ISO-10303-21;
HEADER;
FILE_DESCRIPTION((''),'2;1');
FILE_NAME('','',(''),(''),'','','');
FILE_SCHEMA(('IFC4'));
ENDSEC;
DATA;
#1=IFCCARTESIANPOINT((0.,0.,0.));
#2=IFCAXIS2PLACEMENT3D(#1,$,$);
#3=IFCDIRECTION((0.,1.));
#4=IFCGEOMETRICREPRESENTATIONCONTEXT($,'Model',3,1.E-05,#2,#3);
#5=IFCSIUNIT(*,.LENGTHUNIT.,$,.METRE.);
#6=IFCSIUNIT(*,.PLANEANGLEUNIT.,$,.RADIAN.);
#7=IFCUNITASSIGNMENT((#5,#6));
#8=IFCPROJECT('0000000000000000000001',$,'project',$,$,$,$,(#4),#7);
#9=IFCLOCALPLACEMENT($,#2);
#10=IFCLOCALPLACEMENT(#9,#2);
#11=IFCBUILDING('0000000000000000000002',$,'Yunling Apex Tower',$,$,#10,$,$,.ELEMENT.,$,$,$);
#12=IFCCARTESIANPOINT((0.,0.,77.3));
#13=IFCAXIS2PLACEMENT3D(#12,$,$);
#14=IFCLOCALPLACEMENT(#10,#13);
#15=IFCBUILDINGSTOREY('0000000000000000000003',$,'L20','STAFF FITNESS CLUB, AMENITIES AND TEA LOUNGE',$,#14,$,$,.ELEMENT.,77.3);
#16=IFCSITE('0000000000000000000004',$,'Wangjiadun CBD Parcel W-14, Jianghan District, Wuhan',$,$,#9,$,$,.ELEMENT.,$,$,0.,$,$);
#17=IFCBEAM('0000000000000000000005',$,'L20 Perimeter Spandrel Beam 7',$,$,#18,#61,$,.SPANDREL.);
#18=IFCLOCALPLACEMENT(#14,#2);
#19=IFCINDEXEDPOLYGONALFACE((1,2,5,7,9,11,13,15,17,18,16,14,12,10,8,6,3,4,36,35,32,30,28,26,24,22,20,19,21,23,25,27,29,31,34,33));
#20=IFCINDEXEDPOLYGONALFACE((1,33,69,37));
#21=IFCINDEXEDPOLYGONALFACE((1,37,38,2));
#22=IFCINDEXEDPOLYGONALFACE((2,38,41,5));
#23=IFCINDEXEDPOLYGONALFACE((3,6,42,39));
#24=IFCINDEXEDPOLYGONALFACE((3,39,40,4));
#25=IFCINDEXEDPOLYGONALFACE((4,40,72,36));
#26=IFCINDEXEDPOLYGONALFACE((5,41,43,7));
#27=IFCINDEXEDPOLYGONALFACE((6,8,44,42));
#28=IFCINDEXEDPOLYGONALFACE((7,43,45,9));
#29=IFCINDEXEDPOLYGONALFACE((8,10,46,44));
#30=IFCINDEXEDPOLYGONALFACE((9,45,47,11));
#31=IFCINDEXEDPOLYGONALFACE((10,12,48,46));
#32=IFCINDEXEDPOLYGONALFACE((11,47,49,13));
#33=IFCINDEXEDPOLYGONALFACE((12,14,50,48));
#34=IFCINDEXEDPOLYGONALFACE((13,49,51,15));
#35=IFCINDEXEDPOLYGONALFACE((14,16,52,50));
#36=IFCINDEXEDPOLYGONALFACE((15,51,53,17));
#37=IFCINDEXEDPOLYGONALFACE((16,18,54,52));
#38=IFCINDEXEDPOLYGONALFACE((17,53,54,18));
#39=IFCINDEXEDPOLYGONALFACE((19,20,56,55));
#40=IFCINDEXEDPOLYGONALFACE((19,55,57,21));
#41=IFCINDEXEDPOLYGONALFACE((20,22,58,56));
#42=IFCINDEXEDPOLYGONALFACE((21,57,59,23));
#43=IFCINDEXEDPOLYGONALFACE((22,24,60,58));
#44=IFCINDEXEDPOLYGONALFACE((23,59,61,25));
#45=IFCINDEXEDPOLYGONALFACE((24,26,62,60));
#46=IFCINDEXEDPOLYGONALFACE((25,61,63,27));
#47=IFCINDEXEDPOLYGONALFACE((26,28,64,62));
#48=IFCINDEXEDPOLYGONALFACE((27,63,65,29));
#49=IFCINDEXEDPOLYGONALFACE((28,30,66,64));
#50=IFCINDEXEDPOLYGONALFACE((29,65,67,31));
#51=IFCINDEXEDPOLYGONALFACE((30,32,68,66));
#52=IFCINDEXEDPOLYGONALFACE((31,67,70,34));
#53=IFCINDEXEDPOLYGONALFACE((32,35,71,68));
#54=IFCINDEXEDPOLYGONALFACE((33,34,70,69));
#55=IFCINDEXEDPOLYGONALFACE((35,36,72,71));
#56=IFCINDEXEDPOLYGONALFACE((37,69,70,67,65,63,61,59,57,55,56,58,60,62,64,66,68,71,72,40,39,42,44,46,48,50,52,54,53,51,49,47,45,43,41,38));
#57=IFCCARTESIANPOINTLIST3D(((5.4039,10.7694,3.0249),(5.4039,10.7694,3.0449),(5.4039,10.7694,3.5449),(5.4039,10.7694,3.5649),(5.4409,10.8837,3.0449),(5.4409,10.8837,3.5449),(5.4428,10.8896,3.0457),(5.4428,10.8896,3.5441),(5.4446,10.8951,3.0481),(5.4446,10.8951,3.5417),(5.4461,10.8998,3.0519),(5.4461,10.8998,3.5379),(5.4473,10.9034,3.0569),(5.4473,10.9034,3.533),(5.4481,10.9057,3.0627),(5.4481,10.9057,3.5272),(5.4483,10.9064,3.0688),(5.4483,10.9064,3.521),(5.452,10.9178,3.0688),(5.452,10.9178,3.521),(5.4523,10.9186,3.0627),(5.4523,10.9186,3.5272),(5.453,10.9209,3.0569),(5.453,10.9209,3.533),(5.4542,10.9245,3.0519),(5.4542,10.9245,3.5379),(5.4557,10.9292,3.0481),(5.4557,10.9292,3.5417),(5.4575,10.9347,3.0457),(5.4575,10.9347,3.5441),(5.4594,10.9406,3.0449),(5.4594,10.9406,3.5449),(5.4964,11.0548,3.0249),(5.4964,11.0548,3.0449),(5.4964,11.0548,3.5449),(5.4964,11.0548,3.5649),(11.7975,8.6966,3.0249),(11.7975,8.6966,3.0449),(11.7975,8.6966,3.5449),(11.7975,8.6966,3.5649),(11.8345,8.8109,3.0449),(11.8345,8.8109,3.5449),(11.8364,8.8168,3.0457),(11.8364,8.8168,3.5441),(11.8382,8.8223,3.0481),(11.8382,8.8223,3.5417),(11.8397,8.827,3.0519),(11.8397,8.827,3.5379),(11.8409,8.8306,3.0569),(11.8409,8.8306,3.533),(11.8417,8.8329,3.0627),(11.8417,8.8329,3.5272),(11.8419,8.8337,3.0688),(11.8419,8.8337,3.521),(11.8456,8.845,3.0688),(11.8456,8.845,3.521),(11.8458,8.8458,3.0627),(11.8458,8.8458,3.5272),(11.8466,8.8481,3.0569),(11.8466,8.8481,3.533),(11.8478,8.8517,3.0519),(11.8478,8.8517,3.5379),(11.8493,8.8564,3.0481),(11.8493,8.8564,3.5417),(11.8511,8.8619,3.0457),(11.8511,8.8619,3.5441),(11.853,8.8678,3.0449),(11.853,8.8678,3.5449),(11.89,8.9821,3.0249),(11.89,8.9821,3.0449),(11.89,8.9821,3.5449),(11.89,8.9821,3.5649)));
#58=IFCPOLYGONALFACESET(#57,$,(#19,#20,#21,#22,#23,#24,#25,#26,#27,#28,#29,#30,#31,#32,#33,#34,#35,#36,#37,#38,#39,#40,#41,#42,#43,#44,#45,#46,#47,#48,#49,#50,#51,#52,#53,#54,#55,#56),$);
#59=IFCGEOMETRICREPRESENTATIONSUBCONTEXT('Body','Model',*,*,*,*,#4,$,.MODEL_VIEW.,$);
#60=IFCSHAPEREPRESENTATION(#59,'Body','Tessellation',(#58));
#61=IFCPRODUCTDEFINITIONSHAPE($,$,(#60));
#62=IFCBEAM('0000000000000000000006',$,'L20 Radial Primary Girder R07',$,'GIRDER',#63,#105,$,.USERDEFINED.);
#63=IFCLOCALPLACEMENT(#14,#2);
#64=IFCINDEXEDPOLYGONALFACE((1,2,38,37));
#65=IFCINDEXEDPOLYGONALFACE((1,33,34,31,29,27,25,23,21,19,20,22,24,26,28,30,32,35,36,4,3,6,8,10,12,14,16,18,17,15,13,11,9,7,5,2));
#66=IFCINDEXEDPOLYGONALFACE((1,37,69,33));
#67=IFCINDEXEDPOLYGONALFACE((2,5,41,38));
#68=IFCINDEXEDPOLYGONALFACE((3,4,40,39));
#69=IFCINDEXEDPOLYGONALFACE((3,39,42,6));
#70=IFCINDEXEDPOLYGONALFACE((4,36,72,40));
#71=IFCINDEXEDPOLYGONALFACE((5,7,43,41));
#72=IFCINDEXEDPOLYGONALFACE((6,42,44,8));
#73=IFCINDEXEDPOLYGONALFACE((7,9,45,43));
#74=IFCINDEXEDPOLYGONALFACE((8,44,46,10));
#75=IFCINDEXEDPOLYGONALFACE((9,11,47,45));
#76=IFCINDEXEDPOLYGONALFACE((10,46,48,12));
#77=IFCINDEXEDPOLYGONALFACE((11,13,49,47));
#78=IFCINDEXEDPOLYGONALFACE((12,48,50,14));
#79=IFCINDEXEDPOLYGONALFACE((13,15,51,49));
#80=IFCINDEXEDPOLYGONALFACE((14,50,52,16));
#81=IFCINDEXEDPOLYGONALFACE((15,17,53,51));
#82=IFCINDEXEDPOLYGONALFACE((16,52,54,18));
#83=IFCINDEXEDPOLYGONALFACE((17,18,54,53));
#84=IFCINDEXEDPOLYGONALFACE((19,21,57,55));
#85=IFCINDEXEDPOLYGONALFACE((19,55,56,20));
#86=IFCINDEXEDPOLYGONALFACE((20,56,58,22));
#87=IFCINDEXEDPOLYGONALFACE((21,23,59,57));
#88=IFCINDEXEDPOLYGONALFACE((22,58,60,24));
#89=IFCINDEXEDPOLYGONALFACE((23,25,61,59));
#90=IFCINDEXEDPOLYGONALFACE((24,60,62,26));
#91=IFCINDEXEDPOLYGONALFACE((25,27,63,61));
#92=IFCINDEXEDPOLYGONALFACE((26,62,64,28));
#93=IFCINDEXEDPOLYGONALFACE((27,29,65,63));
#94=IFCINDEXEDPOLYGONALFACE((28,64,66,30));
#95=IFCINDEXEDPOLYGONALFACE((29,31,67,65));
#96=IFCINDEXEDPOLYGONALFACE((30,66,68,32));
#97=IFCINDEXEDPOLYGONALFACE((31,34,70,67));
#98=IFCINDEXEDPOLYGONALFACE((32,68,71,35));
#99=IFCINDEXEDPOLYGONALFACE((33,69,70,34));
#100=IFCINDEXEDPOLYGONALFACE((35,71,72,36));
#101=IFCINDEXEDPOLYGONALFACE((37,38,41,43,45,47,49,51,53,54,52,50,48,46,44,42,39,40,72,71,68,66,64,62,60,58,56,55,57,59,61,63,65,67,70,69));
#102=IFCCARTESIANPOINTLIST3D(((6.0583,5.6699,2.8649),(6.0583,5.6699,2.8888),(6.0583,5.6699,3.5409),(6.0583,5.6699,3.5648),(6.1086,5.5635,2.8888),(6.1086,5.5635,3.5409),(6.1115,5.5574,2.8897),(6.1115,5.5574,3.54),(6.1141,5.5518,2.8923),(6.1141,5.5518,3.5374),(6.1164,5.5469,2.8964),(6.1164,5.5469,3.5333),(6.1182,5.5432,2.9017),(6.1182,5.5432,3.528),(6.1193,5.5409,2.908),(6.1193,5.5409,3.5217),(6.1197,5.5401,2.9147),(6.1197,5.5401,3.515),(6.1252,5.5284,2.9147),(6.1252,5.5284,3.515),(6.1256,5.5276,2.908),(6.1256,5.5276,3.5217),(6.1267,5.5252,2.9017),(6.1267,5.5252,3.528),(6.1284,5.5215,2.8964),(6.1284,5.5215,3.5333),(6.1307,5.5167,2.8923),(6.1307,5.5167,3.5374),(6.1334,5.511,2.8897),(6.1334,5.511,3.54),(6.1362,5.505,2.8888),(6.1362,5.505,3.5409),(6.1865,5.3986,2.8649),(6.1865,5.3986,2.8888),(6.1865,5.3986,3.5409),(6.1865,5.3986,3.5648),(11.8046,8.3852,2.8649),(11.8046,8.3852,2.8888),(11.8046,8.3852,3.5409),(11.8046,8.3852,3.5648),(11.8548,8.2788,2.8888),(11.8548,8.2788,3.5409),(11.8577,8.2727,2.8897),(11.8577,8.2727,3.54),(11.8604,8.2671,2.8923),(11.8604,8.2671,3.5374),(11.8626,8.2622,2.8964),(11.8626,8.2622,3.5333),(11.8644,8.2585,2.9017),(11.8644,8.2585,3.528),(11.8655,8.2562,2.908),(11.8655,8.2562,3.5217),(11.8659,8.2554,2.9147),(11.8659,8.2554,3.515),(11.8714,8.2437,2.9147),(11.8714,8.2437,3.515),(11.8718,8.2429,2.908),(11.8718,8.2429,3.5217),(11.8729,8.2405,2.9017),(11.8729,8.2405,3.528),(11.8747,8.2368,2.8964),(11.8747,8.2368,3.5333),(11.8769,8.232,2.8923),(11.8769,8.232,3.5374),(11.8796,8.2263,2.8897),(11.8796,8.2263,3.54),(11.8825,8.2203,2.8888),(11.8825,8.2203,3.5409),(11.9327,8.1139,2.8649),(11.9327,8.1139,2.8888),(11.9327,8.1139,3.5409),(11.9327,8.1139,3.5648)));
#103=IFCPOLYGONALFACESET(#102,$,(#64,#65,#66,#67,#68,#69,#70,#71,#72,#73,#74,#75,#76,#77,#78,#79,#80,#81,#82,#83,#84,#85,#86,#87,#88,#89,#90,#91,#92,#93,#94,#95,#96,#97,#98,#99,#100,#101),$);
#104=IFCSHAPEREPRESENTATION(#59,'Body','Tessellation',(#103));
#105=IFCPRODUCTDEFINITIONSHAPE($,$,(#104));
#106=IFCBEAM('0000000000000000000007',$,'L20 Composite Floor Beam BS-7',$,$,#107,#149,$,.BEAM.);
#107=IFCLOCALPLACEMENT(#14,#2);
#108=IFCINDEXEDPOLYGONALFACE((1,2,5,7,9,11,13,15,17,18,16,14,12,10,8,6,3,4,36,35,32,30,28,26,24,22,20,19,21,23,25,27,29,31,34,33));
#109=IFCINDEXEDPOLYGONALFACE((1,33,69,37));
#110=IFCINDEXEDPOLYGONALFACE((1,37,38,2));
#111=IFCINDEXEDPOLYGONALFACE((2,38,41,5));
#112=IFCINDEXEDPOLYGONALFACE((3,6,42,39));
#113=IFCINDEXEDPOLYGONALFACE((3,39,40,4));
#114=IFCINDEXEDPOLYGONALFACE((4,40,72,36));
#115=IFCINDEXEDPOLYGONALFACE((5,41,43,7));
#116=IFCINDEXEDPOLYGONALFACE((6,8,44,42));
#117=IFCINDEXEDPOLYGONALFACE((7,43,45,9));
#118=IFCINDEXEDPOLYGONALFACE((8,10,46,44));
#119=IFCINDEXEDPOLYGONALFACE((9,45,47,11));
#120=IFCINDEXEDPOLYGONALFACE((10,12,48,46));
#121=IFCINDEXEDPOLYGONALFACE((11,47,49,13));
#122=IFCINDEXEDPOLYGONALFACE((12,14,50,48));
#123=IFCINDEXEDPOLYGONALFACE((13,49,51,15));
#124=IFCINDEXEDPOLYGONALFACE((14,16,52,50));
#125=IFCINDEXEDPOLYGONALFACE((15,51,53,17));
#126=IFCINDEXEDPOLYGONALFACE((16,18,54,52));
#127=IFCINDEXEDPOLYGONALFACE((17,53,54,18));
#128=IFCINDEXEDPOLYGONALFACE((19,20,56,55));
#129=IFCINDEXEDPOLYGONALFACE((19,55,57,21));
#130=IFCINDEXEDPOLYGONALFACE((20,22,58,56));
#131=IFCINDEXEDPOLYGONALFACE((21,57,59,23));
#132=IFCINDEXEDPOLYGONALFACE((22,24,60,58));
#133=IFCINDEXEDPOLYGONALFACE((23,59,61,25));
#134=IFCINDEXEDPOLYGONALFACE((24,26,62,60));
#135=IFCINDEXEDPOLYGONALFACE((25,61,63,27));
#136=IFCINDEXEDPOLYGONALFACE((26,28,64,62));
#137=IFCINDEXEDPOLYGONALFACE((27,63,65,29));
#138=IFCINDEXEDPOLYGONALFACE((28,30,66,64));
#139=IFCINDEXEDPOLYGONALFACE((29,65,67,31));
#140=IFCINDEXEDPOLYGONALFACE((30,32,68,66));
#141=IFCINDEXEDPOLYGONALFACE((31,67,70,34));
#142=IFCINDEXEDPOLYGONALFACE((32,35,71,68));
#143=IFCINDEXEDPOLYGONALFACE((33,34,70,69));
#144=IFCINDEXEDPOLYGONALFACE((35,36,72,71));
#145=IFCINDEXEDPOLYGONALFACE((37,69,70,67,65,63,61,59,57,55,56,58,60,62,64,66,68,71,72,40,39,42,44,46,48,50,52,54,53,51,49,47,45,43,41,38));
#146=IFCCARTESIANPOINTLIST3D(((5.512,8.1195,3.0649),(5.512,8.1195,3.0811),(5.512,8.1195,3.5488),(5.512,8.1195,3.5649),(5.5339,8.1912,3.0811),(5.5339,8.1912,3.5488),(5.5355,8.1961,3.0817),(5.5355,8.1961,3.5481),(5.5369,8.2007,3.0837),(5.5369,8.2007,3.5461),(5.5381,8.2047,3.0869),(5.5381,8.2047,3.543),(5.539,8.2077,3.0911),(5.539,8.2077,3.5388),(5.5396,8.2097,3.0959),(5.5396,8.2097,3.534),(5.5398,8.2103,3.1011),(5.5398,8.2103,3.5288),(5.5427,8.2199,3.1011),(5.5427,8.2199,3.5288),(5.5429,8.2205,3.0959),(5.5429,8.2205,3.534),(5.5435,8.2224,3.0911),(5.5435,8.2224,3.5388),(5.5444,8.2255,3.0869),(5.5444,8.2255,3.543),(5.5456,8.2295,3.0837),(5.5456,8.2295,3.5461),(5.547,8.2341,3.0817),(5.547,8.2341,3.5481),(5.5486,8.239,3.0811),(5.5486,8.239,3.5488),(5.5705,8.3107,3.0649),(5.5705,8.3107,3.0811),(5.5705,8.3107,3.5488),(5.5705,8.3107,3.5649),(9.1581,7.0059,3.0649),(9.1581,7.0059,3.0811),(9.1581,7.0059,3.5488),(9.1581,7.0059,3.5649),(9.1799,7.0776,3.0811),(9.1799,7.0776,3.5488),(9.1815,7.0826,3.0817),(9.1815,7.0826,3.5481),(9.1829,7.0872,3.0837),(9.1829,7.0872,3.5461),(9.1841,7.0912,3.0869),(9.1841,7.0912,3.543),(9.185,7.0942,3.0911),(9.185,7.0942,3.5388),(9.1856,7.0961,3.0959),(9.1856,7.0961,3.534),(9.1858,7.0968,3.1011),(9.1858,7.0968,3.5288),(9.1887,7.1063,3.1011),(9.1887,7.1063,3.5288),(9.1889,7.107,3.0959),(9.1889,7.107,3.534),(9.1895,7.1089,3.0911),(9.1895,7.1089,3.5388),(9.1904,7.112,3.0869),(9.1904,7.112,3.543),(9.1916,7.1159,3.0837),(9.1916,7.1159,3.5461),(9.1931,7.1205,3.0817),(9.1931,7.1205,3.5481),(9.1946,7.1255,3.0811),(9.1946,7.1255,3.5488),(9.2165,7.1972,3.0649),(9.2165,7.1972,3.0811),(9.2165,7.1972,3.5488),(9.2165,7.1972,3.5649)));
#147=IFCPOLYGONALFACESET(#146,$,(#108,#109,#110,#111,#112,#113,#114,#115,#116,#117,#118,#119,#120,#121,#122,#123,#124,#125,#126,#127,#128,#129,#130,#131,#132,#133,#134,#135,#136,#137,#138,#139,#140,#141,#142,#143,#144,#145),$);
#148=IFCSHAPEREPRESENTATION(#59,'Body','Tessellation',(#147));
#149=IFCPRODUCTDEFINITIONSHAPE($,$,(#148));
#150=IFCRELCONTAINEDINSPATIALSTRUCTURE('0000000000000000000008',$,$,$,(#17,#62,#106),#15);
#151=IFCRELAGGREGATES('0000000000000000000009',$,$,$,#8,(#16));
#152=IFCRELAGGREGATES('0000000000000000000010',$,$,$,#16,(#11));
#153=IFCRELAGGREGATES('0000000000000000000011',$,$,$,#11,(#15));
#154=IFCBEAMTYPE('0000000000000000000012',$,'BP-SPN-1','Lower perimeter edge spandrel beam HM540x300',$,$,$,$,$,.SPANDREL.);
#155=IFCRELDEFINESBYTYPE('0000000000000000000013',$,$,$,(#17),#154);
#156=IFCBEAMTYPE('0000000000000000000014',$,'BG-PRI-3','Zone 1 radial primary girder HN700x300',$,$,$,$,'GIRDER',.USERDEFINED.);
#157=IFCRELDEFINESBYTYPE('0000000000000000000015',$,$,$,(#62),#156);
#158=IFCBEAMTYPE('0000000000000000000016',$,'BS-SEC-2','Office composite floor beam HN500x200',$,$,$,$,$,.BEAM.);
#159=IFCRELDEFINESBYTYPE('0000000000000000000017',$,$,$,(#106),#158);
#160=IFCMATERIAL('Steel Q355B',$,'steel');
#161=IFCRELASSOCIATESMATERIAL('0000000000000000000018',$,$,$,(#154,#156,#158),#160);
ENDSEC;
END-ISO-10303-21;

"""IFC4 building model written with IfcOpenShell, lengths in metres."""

from ifc_helpers import new_model, si_unit, direction, frame, origin, origin_2d, place, context, subcontext, project, spatial, i_section, extrude, source, transform, mapped, material, material_profile, profile_set, type_object, element, save


model = new_model("IFC4")

# Units and contexts
model_context = context("Model", 3, precision=1e-05, world=origin(), true_north=direction((0.0, 1.0)))
body_context = subcontext(model_context, "Body", "Model", "MODEL_VIEW")
ifc_project = project(units=[si_unit("LENGTHUNIT", "METRE"), si_unit("PLANEANGLEUNIT", "RADIAN")], contexts=[model_context])

# Site, building, storey
site_placement = place(None, origin())
site = spatial("IfcSite", under=ifc_project, at=site_placement, Name="Wangjiadun CBD Parcel W-14, Jianghan District, Wuhan", CompositionType="ELEMENT", RefElevation=0.0)
building_placement = place(site_placement, origin())
building = spatial("IfcBuilding", under=site, at=building_placement, Name="Yunling Apex Tower", CompositionType="ELEMENT")
storey_placement = place(building_placement, frame((0.0, 0.0, 77.3)))
storey = spatial("IfcBuildingStorey", under=building, at=storey_placement, Name="L20", Description="STAFF FITNESS CLUB, AMENITIES AND TEA LOUNGE", CompositionType="ELEMENT", Elevation=77.3)

# Beams
ifc_material_1 = material(Name="Steel Q355B", Category="steel")
ifc_material_profile_1 = material_profile(ifc_material_1, i_section(OverallWidth=0.3, OverallDepth=0.54, WebThickness=0.012, FlangeThickness=0.02, FilletRadius=0.0239, at=origin_2d()))
ifc_profile_set_1 = profile_set([ifc_material_profile_1], Name="Steel Q355B")
beam_type_1 = type_object("IfcBeamType", Name="BP-SPN-1", Description="Lower perimeter edge spandrel beam HM540x300", PredefinedType="SPANDREL", material=ifc_profile_set_1)
shared_shape_1 = source(origin(), body_context, "Body", "SweptSolid", [
    extrude(i_section(OverallWidth=0.3, OverallDepth=0.54, WebThickness=0.012, FlangeThickness=0.02, FilletRadius=0.0239, at=origin_2d()), origin(), (0.0, 0.0, 1.0), 6.7212),
])
beam_1_placement = place(storey_placement, frame((11.8438, 8.8394, 3.2949), z_axis=(-0.951259, 0.308393, 0.0), x_axis=(-0.308393, -0.951259, 0.0)))
element("IfcBeam", 1, at=beam_1_placement, inside=storey, type_object=beam_type_1, Name="L20 Perimeter Spandrel Beam 7", PredefinedType="SPANDREL", context=body_context, shape_type="MappedRepresentation", body=[
    mapped(shared_shape_1, transform((0.0, 0.0, 0.0), scale=1.0)),
])
ifc_material_profile_2 = material_profile(ifc_material_1, i_section(OverallWidth=0.3, OverallDepth=0.7, WebThickness=0.0129, FlangeThickness=0.0239, FilletRadius=0.0259, at=origin_2d()))
ifc_profile_set_2 = profile_set([ifc_material_profile_2], Name="Steel Q355B")
beam_type_2 = type_object("IfcBeamType", Name="BG-PRI-3", Description="Zone 1 radial primary girder HN700x300", ElementType="GIRDER", PredefinedType="USERDEFINED", material=ifc_profile_set_2)
shared_shape_2 = source(origin(), body_context, "Body", "SweptSolid", [
    extrude(i_section(OverallWidth=0.3, OverallDepth=0.7, WebThickness=0.0129, FlangeThickness=0.0239, FilletRadius=0.0259, at=origin_2d()), origin(), (0.0, 0.0, 1.0), 6.3555),
])
beam_2_placement = place(storey_placement, frame((11.8687, 8.2495, 3.2148), z_axis=(-0.90414, -0.427236, 0.0), x_axis=(0.427236, -0.90414, 0.0)))
element("IfcBeam", 2, at=beam_2_placement, inside=storey, type_object=beam_type_2, Name="L20 Radial Primary Girder R07", ObjectType="GIRDER", PredefinedType="USERDEFINED", context=body_context, shape_type="MappedRepresentation", body=[
    mapped(shared_shape_2, transform((0.0, 0.0, 0.0), scale=1.0)),
])
ifc_material_profile_3 = material_profile(ifc_material_1, i_section(OverallWidth=0.2, OverallDepth=0.5, WebThickness=0.01, FlangeThickness=0.0161, FilletRadius=0.02, at=origin_2d()))
ifc_profile_set_3 = profile_set([ifc_material_profile_3], Name="Steel Q355B")
beam_type_3 = type_object("IfcBeamType", Name="BS-SEC-2", Description="Office composite floor beam HN500x200", PredefinedType="BEAM", material=ifc_profile_set_3)
shared_shape_3 = source(origin(), body_context, "Body", "SweptSolid", [
    extrude(i_section(OverallWidth=0.2, OverallDepth=0.5, WebThickness=0.01, FlangeThickness=0.0161, FilletRadius=0.02, at=origin_2d()), origin(), (0.0, 0.0, 1.0), 3.8123),
])
beam_3_placement = place(storey_placement, frame((9.1873, 7.1016, 3.3149), z_axis=(-0.95639, 0.292092, 0.0), x_axis=(-0.292092, -0.95639, 0.0)))
element("IfcBeam", 3, at=beam_3_placement, inside=storey, type_object=beam_type_3, Name="L20 Composite Floor Beam BS-7", PredefinedType="BEAM", context=body_context, shape_type="MappedRepresentation", body=[
    mapped(shared_shape_3, transform((0.0, 0.0, 0.0), scale=1.0)),
])

save(model, "model.ifc")
